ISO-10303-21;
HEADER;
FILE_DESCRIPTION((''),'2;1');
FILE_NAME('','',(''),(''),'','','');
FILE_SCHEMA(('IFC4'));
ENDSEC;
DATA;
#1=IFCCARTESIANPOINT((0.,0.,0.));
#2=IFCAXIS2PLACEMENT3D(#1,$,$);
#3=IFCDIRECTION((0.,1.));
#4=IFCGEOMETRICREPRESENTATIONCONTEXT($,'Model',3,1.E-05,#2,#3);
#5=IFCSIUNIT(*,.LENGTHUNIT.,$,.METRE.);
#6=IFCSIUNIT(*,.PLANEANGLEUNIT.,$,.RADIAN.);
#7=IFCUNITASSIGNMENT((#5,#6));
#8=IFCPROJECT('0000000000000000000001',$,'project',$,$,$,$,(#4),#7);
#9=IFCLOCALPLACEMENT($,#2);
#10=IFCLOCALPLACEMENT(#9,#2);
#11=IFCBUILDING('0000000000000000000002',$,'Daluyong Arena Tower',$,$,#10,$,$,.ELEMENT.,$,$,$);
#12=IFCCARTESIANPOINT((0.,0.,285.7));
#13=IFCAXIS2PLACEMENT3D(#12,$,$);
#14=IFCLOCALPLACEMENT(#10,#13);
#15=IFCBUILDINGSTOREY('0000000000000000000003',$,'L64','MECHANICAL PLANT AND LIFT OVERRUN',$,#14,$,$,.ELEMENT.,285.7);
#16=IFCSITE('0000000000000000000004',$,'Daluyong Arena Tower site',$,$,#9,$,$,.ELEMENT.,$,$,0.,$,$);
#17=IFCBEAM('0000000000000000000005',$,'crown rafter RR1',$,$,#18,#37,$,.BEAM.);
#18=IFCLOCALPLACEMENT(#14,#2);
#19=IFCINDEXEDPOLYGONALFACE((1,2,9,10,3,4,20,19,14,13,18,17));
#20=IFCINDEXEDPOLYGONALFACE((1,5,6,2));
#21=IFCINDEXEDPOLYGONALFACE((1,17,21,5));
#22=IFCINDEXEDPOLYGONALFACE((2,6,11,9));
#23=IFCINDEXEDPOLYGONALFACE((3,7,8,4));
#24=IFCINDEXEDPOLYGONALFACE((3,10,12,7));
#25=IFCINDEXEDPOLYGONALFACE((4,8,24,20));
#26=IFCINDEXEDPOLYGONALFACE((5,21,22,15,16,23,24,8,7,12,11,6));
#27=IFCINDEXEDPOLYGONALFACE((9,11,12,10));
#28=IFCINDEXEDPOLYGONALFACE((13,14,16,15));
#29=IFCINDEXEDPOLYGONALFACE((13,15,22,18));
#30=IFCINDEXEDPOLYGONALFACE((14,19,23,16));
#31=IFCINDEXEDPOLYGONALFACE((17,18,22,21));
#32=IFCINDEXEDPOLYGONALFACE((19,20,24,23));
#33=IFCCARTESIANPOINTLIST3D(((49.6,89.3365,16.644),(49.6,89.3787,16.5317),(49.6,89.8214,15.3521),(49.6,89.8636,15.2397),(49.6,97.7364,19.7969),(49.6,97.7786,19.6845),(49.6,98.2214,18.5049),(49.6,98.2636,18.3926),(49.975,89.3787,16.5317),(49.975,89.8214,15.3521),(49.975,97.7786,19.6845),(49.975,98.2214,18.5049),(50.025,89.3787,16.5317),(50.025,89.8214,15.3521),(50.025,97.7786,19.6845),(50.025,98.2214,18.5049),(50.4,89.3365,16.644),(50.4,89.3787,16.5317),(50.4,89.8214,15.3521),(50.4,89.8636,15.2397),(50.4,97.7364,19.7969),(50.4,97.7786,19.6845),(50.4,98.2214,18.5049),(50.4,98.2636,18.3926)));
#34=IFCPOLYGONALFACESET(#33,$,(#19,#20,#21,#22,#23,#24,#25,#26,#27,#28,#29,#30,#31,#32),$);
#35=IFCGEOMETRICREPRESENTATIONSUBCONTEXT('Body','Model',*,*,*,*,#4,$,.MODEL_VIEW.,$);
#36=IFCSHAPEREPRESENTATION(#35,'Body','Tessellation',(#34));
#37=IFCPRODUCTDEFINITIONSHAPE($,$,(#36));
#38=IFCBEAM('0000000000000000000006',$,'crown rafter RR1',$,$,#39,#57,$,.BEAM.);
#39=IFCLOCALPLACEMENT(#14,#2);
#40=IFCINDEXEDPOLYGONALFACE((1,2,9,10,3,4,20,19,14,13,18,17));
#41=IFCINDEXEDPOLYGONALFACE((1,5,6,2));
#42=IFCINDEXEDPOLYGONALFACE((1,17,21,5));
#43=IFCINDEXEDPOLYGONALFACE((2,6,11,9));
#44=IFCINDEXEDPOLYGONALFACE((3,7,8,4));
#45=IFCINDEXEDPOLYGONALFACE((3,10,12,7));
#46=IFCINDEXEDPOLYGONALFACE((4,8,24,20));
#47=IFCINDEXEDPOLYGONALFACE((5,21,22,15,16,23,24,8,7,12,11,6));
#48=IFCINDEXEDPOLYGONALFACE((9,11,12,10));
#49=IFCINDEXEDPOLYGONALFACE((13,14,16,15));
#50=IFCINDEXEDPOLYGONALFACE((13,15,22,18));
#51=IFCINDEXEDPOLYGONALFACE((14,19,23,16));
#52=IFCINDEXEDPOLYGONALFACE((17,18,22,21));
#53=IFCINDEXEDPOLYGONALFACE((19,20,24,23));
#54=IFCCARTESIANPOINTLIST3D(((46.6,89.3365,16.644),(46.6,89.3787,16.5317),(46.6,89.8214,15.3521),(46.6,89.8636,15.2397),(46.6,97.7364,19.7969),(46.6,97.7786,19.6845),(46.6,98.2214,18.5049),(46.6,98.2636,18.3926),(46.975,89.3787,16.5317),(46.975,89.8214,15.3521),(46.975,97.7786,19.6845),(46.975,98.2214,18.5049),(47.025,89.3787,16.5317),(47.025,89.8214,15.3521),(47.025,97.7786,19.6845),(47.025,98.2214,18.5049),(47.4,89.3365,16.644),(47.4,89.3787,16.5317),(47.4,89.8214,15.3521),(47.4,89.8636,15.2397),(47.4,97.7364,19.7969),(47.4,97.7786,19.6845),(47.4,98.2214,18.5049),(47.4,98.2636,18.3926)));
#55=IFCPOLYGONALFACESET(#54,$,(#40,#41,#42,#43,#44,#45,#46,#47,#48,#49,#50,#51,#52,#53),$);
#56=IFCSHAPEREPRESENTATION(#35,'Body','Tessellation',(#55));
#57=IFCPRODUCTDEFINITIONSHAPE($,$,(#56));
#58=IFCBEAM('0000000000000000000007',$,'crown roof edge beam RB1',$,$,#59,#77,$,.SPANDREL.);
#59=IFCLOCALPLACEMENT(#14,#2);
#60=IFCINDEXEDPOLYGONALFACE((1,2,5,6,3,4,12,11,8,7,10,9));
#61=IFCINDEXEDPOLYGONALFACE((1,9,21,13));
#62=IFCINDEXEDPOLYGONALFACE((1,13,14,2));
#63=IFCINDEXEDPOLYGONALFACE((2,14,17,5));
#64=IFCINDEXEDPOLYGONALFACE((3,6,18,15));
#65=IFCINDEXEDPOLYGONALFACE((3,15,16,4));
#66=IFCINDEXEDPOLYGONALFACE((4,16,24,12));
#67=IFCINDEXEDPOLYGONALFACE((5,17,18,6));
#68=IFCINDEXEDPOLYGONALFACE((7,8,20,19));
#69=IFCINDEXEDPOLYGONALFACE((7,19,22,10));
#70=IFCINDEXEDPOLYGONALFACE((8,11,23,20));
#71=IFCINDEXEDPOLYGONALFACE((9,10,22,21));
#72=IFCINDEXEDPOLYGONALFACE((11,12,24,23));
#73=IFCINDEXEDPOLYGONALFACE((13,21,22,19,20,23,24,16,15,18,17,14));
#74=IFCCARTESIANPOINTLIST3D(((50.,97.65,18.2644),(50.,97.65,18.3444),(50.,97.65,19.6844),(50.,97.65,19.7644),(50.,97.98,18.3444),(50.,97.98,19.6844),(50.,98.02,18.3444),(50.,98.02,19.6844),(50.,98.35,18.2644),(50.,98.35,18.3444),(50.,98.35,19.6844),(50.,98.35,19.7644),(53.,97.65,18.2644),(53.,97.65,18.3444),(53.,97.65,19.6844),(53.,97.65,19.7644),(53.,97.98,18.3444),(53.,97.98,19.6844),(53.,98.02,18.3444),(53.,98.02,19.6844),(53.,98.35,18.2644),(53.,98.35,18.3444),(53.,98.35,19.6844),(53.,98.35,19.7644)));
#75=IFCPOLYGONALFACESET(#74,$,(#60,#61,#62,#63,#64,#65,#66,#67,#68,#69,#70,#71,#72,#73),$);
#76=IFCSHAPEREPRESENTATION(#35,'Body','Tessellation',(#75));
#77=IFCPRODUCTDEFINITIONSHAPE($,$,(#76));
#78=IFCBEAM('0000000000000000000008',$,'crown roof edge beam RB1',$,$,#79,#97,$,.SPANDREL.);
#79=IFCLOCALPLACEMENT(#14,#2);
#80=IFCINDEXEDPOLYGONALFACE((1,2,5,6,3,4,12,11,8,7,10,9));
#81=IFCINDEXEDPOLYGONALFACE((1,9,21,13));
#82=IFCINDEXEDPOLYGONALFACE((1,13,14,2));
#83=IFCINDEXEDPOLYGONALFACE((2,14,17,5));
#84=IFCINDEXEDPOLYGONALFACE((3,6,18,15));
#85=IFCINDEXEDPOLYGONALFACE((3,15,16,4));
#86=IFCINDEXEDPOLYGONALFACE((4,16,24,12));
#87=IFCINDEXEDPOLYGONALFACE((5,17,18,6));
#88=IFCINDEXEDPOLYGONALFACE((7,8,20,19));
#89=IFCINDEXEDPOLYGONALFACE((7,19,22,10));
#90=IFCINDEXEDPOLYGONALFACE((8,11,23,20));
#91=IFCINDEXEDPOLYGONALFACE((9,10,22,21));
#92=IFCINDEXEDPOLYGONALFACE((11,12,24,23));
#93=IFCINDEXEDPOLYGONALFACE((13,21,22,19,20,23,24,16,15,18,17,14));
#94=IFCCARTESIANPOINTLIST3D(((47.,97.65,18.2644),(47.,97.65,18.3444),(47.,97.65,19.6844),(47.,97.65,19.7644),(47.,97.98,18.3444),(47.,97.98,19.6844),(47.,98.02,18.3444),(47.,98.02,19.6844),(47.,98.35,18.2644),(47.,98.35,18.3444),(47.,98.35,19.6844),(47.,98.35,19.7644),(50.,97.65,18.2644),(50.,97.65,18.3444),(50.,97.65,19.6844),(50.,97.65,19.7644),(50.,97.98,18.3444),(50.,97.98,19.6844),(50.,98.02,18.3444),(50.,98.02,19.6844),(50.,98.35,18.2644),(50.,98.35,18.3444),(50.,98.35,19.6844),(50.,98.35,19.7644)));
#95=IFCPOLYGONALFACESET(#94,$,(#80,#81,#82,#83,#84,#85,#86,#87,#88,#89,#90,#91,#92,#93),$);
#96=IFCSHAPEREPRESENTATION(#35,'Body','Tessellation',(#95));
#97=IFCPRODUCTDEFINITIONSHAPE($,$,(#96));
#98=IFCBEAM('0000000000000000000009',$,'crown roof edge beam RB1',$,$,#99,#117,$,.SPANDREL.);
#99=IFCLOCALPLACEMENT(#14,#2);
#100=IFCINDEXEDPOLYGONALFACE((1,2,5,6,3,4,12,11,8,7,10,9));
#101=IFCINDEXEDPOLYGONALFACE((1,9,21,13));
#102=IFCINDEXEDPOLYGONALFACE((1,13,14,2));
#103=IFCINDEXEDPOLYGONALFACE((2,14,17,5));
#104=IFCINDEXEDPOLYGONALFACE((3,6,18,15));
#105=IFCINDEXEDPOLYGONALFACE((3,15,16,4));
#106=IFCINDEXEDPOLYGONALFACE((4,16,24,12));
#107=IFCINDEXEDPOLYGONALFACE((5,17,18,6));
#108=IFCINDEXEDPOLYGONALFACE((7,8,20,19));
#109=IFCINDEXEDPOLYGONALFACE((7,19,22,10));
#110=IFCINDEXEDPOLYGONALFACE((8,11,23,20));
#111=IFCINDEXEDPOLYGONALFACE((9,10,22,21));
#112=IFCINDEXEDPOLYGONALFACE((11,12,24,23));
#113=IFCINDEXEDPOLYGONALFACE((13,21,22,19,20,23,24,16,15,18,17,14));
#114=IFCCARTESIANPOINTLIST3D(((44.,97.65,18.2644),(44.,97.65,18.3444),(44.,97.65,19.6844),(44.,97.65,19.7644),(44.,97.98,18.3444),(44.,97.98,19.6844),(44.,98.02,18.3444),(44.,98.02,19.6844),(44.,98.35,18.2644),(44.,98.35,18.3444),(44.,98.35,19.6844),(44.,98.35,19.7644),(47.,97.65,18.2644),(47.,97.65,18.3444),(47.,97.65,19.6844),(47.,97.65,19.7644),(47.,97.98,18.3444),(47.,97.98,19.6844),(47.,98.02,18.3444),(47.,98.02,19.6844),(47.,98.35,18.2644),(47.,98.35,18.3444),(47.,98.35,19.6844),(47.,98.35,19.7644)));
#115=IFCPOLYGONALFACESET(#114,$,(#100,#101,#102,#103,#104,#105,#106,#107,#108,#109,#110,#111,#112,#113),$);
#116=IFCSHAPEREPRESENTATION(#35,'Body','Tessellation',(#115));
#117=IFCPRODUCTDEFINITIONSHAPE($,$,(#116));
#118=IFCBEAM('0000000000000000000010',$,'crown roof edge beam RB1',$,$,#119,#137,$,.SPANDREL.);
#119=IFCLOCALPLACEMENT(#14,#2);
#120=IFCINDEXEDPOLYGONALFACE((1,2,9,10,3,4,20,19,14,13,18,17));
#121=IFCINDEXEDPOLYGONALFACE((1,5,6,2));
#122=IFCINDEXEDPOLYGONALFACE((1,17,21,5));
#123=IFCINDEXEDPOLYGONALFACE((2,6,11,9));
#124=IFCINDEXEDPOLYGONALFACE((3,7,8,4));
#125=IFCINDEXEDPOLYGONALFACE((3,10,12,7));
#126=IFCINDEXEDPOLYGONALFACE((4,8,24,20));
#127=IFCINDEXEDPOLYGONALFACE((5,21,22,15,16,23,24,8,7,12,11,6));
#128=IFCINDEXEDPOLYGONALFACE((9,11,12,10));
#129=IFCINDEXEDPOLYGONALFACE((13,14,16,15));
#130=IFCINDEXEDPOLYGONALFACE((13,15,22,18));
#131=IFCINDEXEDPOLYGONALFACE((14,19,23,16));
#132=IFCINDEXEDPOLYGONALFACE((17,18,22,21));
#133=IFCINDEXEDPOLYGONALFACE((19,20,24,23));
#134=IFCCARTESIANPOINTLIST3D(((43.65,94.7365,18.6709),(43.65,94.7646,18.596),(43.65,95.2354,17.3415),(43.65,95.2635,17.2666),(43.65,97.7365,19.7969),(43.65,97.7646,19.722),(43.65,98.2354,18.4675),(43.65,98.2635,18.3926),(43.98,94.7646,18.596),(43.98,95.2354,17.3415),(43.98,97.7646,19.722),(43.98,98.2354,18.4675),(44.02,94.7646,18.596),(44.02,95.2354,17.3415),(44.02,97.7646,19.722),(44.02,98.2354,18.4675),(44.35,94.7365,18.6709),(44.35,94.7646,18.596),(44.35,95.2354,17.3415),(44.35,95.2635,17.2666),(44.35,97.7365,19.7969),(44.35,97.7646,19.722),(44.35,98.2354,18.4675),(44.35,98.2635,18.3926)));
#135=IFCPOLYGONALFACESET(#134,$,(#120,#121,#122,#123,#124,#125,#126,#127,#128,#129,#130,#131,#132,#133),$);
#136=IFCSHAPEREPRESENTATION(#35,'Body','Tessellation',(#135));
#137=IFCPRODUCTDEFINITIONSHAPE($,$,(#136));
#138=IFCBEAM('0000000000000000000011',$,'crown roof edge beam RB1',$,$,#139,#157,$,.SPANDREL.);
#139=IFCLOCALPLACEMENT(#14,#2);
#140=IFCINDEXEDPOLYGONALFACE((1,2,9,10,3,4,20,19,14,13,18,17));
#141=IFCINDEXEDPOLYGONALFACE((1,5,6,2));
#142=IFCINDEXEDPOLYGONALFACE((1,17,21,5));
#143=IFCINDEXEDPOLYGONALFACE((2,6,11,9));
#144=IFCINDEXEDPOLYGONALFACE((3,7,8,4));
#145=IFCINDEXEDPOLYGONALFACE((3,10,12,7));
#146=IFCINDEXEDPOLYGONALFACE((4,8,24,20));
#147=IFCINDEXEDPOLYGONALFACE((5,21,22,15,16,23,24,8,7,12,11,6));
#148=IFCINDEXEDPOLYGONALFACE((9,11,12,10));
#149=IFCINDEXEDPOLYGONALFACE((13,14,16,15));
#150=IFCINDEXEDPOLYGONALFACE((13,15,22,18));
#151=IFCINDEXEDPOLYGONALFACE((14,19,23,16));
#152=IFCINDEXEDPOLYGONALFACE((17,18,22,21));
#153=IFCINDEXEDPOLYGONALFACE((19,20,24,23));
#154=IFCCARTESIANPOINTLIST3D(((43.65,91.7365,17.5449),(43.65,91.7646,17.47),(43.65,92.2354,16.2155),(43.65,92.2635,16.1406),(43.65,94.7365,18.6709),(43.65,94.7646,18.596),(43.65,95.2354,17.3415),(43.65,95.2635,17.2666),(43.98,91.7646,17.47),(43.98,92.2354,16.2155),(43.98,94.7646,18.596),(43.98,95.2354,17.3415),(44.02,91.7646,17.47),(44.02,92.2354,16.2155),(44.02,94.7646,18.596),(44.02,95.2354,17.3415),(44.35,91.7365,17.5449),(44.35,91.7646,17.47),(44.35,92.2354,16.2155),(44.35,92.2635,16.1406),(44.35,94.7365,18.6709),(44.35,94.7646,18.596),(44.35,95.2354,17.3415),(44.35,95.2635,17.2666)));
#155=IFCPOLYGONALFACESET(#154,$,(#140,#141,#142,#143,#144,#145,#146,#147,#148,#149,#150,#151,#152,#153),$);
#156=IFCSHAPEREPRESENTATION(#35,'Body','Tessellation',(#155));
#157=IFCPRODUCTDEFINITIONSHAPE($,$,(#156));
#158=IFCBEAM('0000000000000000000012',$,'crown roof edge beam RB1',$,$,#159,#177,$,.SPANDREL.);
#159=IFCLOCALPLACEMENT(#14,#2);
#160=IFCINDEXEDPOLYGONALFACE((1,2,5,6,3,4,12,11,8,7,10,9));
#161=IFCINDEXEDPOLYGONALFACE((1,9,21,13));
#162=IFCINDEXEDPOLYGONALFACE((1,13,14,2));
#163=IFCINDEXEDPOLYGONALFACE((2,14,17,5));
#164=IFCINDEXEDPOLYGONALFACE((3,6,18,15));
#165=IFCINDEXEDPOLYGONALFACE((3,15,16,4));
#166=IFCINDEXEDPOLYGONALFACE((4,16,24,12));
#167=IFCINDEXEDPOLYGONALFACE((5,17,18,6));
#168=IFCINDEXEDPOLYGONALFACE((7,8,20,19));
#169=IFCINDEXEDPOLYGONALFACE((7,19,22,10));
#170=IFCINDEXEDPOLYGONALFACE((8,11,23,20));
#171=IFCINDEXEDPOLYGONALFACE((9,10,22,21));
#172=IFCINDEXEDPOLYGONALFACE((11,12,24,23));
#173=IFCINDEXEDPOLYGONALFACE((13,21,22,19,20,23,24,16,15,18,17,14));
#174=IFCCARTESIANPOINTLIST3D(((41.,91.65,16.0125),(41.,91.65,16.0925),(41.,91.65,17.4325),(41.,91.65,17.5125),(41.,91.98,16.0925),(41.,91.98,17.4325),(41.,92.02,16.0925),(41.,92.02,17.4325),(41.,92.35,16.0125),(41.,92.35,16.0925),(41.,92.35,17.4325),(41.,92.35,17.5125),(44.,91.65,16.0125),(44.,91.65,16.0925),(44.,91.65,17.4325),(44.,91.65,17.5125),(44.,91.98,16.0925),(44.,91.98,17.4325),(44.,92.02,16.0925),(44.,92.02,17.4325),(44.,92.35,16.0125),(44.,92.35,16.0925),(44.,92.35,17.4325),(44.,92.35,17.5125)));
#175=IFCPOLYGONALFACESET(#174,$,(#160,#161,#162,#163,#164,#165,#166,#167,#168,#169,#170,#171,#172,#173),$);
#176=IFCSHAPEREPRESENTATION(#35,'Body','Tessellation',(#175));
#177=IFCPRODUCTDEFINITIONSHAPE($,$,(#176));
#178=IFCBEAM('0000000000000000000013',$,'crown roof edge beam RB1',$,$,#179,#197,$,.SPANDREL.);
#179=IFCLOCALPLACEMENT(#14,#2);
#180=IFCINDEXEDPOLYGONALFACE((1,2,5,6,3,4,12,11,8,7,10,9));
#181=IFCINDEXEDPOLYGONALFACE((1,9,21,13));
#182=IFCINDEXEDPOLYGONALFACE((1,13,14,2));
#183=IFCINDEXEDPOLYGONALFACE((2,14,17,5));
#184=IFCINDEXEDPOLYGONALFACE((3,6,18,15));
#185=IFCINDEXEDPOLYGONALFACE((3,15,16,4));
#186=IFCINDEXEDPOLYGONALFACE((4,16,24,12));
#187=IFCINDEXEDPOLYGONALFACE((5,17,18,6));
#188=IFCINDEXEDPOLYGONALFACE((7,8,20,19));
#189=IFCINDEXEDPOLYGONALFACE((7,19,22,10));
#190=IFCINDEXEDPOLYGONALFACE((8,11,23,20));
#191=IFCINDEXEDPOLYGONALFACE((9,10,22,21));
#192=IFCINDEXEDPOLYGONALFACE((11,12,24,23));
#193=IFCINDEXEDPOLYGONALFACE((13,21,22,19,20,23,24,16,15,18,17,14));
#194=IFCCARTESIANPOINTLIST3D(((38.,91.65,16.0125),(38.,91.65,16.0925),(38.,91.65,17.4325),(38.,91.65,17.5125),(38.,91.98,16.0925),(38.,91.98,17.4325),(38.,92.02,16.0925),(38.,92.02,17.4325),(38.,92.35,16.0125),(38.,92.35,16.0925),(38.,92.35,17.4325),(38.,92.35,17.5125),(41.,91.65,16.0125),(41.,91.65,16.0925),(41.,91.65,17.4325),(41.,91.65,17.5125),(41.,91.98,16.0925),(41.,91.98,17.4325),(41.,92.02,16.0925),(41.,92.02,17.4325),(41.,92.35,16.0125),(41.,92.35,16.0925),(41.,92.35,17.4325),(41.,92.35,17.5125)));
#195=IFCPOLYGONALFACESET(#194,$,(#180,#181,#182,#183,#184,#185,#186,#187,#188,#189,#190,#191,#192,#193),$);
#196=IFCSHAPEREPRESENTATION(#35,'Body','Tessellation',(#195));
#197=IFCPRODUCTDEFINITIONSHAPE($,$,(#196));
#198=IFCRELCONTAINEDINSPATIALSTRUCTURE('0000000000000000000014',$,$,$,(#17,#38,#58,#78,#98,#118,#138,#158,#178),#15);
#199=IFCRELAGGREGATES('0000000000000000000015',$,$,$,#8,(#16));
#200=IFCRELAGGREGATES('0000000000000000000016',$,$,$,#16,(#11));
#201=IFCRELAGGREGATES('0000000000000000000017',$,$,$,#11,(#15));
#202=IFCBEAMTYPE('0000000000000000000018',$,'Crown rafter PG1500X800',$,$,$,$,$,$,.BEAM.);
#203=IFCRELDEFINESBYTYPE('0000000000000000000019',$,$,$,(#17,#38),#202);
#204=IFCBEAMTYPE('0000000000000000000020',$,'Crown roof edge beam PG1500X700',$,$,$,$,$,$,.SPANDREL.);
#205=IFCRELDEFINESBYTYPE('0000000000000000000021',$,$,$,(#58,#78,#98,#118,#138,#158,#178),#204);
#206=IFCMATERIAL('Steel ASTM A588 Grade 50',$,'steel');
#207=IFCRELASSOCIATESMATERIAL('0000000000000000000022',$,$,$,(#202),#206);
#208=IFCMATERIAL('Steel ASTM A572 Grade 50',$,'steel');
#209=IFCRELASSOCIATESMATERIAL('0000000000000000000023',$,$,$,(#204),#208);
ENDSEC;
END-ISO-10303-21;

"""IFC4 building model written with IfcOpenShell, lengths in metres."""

from ifc_helpers import new_model, si_unit, direction, frame, origin, origin_2d, place, context, subcontext, project, spatial, i_section, extrude, material, material_profile, profile_set, type_object, element, save


model = new_model("IFC4")

# Units and contexts
model_context = context("Model", 3, precision=1e-05, world=origin(), true_north=direction((0.0, 1.0)))
body_context = subcontext(model_context, "Body", "Model", "MODEL_VIEW")
ifc_project = project(units=[si_unit("LENGTHUNIT", "METRE"), si_unit("PLANEANGLEUNIT", "RADIAN")], contexts=[model_context])

# Site, building, storey
site_placement = place(None, origin())
site = spatial("IfcSite", under=ifc_project, at=site_placement, Name="Daluyong Arena Tower site", CompositionType="ELEMENT", RefElevation=0.0)
building_placement = place(site_placement, origin())
building = spatial("IfcBuilding", under=site, at=building_placement, Name="Daluyong Arena Tower", CompositionType="ELEMENT")
storey_placement = place(building_placement, frame((0.0, 0.0, 285.7)))
storey = spatial("IfcBuildingStorey", under=building, at=storey_placement, Name="L64", Description="MECHANICAL PLANT AND LIFT OVERRUN", CompositionType="ELEMENT", Elevation=285.7)

# Beams
ifc_material_1 = material(Name="Steel ASTM A588 Grade 50", Category="steel")
ifc_material_profile_1 = material_profile(ifc_material_1, i_section(OverallWidth=0.8, OverallDepth=1.5, WebThickness=0.05, FlangeThickness=0.12, at=origin_2d()))
ifc_profile_set_1 = profile_set([ifc_material_profile_1], Name="Steel ASTM A588 Grade 50")
beam_type_1 = type_object("IfcBeamType", Name="Crown rafter PG1500X800", PredefinedType="BEAM", material=ifc_profile_set_1)
for number, where, z_axis, x_axis, name in (
    (1, (50.0, 98.0, 19.0947), (0.0, -0.936224, -0.351404), (1.0, 0.0, 0.0), "crown rafter RR1"),
    (2, (47.0, 98.0, 19.0947), (0.0, -0.936224, -0.351404), (1.0, 0.0, 0.0), "crown rafter RR1"),
):
    element("IfcBeam", number, at=place(storey_placement, frame(where, z_axis=z_axis, x_axis=x_axis)), inside=storey, type_object=beam_type_1, Name=name, PredefinedType="BEAM", context=body_context, shape_type="SweptSolid", body=[
        extrude(i_section(OverallWidth=0.8, OverallDepth=1.5, WebThickness=0.05, FlangeThickness=0.12, at=origin_2d()), origin(), (0.0, 0.0, 1.0), 8.9722),
    ])
ifc_material_2 = material(Name="Steel ASTM A572 Grade 50", Category="steel")
ifc_material_profile_2 = material_profile(ifc_material_2, i_section(OverallWidth=0.7, OverallDepth=1.5, WebThickness=0.04, FlangeThickness=0.08, at=origin_2d()))
ifc_profile_set_2 = profile_set([ifc_material_profile_2], Name="Steel ASTM A572 Grade 50")
beam_type_2 = type_object("IfcBeamType", Name="Crown roof edge beam PG1500X700", PredefinedType="SPANDREL", material=ifc_profile_set_2)
for number, where, z_axis, x_axis, name in (
    (3, (53.0, 98.0, 19.0144), (-1.0, 0.0, 0.0), (0.0, -1.0, 0.0), "crown roof edge beam RB1"),
    (4, (50.0, 98.0, 19.0144), (-1.0, 0.0, 0.0), (0.0, -1.0, 0.0), "crown roof edge beam RB1"),
    (5, (47.0, 98.0, 19.0144), (-1.0, 0.0, 0.0), (0.0, -1.0, 0.0), "crown roof edge beam RB1"),
):
    element("IfcBeam", number, at=place(storey_placement, frame(where, z_axis=z_axis, x_axis=x_axis)), inside=storey, type_object=beam_type_2, Name=name, PredefinedType="SPANDREL", context=body_context, shape_type="SweptSolid", body=[
        extrude(i_section(OverallWidth=0.7, OverallDepth=1.5, WebThickness=0.04, FlangeThickness=0.08, at=origin_2d()), origin(), (0.0, 0.0, 1.0), 3.0),
    ])
for number, where, z_axis, x_axis, name in (
    (6, (44.0, 98.0, 19.0947), (0.0, -0.936229, -0.351391), (1.0, 0.0, 0.0), "crown roof edge beam RB1"),
    (7, (44.0, 95.0, 17.9688), (0.0, -0.936229, -0.351391), (1.0, 0.0, 0.0), "crown roof edge beam RB1"),
):
    element("IfcBeam", number, at=place(storey_placement, frame(where, z_axis=z_axis, x_axis=x_axis)), inside=storey, type_object=beam_type_2, Name=name, PredefinedType="SPANDREL", context=body_context, shape_type="SweptSolid", body=[
        extrude(i_section(OverallWidth=0.7, OverallDepth=1.5, WebThickness=0.04, FlangeThickness=0.08, at=origin_2d()), origin(), (0.0, 0.0, 1.0), 3.2043),
    ])
for number, where, z_axis, x_axis, name in (
    (8, (44.0, 92.0, 16.7625), (-1.0, 0.0, 0.0), (0.0, -1.0, 0.0), "crown roof edge beam RB1"),
    (9, (41.0, 92.0, 16.7625), (-1.0, 0.0, 0.0), (0.0, -1.0, 0.0), "crown roof edge beam RB1"),
):
    element("IfcBeam", number, at=place(storey_placement, frame(where, z_axis=z_axis, x_axis=x_axis)), inside=storey, type_object=beam_type_2, Name=name, PredefinedType="SPANDREL", context=body_context, shape_type="SweptSolid", body=[
        extrude(i_section(OverallWidth=0.7, OverallDepth=1.5, WebThickness=0.04, FlangeThickness=0.08, at=origin_2d()), origin(), (0.0, 0.0, 1.0), 3.0),
    ])

save(model, "model.ifc")
